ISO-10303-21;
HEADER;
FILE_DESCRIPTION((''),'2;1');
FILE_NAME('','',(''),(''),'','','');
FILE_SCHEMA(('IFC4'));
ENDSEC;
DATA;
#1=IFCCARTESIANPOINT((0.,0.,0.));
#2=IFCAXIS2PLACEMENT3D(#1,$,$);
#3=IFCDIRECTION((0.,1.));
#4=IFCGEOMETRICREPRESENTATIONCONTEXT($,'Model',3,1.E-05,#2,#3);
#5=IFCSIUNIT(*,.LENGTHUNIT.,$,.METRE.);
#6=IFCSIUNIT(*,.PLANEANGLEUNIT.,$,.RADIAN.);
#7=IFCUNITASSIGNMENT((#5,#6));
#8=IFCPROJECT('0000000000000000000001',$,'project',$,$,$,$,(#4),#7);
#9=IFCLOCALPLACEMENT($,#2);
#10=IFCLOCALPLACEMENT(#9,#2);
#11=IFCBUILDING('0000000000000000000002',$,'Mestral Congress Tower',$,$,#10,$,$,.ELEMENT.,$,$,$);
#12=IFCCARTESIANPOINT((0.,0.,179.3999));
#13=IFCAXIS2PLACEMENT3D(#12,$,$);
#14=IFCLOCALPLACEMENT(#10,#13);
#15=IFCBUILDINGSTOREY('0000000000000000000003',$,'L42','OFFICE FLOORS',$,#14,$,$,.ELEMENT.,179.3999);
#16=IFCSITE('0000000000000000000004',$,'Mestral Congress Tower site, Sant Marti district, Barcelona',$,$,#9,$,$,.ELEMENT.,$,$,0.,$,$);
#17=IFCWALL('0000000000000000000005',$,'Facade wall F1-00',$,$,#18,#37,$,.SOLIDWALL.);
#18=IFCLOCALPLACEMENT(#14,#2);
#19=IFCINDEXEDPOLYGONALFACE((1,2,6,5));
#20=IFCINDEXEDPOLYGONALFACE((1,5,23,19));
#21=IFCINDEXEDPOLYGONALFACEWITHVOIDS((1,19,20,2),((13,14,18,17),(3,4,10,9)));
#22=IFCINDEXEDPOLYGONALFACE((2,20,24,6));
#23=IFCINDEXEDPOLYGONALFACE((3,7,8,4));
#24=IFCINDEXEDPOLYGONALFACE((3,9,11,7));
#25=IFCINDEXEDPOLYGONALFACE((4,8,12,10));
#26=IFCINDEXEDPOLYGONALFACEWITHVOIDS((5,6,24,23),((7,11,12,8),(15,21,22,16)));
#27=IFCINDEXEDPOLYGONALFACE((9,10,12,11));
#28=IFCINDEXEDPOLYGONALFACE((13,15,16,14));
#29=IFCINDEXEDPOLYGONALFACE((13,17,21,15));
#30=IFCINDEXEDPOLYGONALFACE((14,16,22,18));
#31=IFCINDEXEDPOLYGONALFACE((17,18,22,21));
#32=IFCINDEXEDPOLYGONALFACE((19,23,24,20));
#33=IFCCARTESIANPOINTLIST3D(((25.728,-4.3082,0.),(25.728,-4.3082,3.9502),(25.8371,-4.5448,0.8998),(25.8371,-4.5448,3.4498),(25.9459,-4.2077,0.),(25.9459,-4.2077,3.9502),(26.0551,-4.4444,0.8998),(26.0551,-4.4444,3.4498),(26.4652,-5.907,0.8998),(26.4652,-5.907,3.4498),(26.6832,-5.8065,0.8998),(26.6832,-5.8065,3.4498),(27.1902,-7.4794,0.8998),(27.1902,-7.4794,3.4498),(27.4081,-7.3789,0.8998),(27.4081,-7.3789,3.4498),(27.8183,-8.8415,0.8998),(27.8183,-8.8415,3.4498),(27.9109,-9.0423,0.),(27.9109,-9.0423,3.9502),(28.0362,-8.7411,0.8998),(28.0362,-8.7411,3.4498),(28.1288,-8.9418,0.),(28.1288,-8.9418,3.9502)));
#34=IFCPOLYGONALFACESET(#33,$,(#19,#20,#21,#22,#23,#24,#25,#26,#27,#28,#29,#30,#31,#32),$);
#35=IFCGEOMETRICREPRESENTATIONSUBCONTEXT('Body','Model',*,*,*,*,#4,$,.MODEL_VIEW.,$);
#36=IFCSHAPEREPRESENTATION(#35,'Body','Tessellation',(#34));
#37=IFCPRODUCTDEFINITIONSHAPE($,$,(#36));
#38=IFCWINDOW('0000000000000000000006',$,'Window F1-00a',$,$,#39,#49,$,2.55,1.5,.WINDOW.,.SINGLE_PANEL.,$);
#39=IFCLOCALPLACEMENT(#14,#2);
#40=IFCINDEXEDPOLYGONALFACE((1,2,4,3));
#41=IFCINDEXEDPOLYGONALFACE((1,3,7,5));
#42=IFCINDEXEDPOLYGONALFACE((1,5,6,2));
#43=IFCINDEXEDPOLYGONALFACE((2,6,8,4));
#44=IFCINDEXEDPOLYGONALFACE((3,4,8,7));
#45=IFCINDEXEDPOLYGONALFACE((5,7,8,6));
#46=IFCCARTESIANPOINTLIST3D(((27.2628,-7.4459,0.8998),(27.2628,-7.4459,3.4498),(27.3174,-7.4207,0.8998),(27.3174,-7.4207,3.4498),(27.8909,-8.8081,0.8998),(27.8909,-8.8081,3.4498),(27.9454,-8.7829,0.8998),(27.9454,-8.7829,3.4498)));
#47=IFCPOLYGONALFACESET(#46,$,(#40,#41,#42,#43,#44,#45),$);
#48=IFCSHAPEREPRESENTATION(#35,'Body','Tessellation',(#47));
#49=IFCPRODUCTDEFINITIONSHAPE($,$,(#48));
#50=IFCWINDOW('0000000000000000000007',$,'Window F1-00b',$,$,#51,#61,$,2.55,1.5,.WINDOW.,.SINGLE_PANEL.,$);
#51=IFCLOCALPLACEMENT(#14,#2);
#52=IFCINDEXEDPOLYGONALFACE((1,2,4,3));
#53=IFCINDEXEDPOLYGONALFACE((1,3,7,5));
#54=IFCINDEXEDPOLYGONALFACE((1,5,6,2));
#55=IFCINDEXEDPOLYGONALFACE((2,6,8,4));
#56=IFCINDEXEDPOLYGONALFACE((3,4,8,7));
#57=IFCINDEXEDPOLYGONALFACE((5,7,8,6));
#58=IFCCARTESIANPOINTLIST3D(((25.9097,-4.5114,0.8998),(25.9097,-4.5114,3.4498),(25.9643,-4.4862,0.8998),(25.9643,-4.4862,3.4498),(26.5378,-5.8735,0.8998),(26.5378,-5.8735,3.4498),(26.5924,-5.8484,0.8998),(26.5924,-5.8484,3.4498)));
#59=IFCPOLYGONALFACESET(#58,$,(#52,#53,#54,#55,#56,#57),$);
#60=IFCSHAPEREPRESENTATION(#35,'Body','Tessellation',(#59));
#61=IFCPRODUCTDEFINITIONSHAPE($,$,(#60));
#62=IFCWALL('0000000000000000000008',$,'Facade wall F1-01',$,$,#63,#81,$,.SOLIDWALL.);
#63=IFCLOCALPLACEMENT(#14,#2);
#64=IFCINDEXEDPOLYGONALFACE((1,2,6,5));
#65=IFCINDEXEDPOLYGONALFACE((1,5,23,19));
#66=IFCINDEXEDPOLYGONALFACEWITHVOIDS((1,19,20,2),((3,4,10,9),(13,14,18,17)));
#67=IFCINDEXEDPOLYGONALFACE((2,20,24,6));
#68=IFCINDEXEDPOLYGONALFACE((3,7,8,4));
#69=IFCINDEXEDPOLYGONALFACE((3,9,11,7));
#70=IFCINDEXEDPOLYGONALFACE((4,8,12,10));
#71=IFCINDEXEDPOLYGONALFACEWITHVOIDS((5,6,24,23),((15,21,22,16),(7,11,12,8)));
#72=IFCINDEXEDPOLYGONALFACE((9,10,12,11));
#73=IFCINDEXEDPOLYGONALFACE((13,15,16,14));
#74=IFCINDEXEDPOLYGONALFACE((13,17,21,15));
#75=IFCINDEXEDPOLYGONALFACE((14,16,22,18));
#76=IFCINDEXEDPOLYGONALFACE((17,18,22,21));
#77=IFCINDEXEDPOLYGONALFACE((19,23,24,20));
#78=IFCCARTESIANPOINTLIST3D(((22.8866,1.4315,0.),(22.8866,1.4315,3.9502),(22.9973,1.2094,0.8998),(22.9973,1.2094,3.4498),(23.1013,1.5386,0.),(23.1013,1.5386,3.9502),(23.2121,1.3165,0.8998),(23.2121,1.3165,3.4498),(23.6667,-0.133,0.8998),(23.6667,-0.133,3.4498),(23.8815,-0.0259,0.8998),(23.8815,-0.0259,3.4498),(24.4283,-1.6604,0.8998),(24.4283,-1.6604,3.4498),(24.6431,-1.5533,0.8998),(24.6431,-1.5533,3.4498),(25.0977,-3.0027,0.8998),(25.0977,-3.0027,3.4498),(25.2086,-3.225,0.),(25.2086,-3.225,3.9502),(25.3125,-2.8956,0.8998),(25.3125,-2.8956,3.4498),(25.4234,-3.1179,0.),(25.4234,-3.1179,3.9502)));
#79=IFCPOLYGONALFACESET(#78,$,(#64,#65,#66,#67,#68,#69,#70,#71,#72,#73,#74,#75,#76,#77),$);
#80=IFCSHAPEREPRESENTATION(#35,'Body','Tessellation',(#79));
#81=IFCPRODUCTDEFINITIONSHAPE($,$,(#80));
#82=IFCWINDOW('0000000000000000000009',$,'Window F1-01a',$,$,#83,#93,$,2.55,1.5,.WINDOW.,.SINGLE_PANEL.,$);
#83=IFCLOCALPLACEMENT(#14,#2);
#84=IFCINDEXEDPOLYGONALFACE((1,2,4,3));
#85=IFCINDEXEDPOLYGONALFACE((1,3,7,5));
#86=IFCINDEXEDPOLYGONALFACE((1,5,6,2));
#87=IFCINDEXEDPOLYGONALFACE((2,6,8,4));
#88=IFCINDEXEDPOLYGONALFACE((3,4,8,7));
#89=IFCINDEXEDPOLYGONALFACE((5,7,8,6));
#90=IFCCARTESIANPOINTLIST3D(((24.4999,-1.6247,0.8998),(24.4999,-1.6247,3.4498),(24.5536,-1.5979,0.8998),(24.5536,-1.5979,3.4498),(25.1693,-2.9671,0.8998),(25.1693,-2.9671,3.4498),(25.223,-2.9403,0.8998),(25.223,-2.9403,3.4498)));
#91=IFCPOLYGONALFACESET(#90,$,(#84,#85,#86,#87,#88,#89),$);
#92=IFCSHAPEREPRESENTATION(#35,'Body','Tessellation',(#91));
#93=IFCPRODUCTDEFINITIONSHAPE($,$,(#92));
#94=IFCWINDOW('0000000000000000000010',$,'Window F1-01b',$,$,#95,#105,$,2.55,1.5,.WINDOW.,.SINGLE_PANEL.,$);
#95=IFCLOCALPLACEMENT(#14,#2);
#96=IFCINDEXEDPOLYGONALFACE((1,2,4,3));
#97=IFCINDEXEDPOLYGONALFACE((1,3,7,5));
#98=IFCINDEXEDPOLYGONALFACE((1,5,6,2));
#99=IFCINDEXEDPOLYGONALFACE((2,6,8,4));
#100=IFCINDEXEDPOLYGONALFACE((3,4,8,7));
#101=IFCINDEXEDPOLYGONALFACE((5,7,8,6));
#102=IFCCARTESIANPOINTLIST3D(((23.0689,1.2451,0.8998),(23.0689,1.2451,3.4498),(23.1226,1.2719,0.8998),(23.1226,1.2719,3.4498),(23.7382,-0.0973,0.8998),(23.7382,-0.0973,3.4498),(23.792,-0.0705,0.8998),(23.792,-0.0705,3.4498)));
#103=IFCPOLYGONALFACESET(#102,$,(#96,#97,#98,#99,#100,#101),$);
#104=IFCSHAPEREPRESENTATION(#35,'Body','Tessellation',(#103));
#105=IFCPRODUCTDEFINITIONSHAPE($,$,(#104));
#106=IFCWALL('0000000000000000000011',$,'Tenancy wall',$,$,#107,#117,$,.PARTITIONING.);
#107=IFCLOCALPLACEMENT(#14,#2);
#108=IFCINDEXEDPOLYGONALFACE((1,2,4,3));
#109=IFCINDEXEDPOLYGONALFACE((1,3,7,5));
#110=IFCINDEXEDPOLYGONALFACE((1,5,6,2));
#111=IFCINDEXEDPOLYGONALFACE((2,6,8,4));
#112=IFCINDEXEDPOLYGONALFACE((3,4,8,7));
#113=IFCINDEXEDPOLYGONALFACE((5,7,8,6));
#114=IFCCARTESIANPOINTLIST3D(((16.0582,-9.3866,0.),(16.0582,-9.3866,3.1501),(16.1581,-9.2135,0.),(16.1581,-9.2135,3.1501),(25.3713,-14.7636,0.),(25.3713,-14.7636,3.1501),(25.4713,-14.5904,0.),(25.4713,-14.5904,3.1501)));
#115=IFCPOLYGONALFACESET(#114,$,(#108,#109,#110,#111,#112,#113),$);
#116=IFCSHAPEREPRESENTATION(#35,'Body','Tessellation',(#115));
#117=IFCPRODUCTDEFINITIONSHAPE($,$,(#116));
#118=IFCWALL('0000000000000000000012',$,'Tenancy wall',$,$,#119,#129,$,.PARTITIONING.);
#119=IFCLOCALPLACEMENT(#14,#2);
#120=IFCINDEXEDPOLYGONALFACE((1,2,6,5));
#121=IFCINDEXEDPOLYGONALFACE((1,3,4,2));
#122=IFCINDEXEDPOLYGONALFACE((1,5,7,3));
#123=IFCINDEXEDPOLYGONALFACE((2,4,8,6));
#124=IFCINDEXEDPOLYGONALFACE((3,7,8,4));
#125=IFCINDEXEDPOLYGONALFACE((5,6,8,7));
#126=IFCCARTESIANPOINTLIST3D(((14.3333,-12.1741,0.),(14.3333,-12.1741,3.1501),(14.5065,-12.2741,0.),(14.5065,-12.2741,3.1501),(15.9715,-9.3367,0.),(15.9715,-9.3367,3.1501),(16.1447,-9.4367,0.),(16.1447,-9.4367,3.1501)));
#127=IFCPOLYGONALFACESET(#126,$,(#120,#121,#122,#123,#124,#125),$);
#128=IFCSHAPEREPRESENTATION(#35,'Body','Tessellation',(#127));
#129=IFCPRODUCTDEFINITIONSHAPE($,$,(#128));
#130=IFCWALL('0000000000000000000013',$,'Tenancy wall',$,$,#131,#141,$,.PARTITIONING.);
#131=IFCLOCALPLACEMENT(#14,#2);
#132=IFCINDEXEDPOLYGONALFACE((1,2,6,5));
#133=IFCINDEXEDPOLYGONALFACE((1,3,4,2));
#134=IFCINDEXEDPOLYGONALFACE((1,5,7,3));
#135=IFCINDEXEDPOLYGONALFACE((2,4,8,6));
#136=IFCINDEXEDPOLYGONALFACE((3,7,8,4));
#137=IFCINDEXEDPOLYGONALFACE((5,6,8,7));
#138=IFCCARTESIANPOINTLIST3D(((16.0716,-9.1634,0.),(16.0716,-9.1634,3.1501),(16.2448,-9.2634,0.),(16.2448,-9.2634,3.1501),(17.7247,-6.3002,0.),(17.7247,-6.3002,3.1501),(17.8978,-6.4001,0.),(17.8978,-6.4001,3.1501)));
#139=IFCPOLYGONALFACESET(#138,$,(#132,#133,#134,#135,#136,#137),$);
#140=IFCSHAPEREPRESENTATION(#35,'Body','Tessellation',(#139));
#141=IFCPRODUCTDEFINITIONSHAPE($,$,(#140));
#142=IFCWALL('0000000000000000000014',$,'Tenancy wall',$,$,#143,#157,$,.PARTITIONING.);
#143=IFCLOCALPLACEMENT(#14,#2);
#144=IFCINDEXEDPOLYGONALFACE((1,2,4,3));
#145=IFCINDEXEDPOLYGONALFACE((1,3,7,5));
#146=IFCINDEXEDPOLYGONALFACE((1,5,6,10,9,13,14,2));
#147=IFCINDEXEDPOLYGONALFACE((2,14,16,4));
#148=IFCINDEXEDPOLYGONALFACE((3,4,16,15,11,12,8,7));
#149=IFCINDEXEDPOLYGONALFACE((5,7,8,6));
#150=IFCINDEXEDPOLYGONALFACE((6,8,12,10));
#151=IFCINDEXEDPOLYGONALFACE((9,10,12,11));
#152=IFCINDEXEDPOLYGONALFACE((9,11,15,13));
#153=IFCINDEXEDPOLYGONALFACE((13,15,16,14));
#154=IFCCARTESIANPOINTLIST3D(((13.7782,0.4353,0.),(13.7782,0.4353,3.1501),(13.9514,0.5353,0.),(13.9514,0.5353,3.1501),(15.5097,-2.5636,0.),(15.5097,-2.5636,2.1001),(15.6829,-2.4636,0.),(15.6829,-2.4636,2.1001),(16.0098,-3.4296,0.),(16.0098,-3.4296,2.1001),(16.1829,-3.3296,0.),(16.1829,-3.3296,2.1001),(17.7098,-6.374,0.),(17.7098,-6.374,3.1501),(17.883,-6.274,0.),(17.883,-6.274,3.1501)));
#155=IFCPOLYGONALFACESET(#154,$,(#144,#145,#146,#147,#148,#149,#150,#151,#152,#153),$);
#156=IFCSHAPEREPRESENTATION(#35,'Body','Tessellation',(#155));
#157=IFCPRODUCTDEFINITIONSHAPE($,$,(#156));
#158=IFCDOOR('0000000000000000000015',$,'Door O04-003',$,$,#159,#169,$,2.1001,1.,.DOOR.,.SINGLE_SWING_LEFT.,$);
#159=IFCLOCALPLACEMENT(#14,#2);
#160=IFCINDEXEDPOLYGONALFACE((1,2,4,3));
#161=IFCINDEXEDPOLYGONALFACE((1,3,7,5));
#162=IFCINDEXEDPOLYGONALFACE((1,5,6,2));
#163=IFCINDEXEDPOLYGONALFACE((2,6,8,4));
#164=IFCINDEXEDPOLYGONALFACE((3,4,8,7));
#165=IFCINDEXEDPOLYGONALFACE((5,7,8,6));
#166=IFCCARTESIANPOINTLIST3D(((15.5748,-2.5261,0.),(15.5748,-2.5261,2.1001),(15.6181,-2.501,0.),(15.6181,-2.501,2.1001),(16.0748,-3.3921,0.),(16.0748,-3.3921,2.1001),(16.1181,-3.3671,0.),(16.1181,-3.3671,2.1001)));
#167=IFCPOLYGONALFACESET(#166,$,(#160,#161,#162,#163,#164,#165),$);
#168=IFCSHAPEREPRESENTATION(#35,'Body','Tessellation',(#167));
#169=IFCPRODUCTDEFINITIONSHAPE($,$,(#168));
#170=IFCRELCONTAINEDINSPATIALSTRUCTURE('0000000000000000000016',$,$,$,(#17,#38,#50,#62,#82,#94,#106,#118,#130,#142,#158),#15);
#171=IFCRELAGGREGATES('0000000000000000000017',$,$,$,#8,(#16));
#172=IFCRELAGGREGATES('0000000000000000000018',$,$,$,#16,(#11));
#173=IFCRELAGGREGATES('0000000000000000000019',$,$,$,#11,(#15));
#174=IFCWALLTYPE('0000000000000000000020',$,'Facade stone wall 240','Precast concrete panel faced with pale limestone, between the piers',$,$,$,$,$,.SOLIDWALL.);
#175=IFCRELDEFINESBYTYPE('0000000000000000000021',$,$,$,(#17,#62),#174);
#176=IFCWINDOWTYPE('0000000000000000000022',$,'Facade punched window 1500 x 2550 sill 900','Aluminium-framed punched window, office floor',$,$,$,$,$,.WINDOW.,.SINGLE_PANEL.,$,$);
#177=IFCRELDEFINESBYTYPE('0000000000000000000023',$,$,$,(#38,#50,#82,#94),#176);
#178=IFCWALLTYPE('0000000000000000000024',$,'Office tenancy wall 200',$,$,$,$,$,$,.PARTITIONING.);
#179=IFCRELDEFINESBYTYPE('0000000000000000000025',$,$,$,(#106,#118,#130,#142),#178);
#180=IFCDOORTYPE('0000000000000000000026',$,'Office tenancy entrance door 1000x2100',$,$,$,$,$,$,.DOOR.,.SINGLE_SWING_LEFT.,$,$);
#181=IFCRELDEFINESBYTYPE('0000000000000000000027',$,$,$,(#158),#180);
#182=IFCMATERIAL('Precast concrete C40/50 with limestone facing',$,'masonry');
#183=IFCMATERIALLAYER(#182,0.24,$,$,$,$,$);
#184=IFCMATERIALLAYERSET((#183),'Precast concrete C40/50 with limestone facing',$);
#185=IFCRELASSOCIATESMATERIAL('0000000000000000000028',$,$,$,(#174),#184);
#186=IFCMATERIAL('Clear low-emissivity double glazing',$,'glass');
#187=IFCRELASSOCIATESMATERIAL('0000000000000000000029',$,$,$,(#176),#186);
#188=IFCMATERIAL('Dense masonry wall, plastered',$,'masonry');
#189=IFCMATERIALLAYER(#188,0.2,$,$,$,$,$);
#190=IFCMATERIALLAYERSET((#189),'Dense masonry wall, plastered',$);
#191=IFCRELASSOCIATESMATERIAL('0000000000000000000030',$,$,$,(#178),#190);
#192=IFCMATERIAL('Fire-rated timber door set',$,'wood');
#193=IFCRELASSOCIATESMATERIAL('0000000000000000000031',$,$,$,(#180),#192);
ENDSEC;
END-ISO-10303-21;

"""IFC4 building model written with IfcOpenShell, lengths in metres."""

from ifc_helpers import new_model, si_unit, direction, frame, frame_2d, origin, place, context, subcontext, project, spatial, rectangle, extrude, material, layer, layer_set, type_object, element, fill, save


model = new_model("IFC4")

# Units and contexts
model_context = context("Model", 3, precision=1e-05, world=origin(), true_north=direction((0.0, 1.0)))
body_context = subcontext(model_context, "Body", "Model", "MODEL_VIEW")
ifc_project = project(units=[si_unit("LENGTHUNIT", "METRE"), si_unit("PLANEANGLEUNIT", "RADIAN")], contexts=[model_context])

# Site, building, storey
site_placement = place(None, origin())
site = spatial("IfcSite", under=ifc_project, at=site_placement, Name="Mestral Congress Tower site, Sant Marti district, Barcelona", CompositionType="ELEMENT", RefElevation=0.0)
building_placement = place(site_placement, origin())
building = spatial("IfcBuilding", under=site, at=building_placement, Name="Mestral Congress Tower", CompositionType="ELEMENT")
storey_placement = place(building_placement, frame((0.0, 0.0, 179.3999)))
storey = spatial("IfcBuildingStorey", under=building, at=storey_placement, Name="L42", Description="OFFICE FLOORS", CompositionType="ELEMENT", Elevation=179.3999)

# Shared definitions
ifc_material_1 = material(Name="Precast concrete C40/50 with limestone facing", Category="masonry")
ifc_layer_1 = layer(ifc_material_1, 0.24)
ifc_layer_set_1 = layer_set([ifc_layer_1], Name="Precast concrete C40/50 with limestone facing")
wall_type_1 = type_object("IfcWallType", Name="Facade stone wall 240", Description="Precast concrete panel faced with pale limestone, between the piers", PredefinedType="SOLIDWALL", material=ifc_layer_set_1)
ifc_material_2 = material(Name="Clear low-emissivity double glazing", Category="glass")

# Walls, openings, windows
wall_1_placement = place(storey_placement, frame((28.0198, -8.9919, 0.0), z_axis=(0.0, 0.0, 1.0), x_axis=(-0.418723, 0.908114, 0.0)))
wall_1 = element("IfcWall", 1, at=wall_1_placement, inside=storey, type_object=wall_type_1, Name="Facade wall F1-00", PredefinedType="SOLIDWALL", context=body_context, shape_type="SweptSolid", body=[
    extrude(rectangle(XDim=5.2131, YDim=0.24, at=frame_2d((2.6064, 0.0))), origin(), (0.0, 0.0, 1.0), 3.9502),
])
opening_1_placement = place(wall_1_placement, frame((0.2209, 0.0, 0.8999)))
opening_1 = element("IfcOpeningElement", 2, at=opening_1_placement, cuts=wall_1, PredefinedType="OPENING", context=body_context, shape_type="SweptSolid", body=[
    extrude(rectangle(XDim=1.5, YDim=2.55, at=frame_2d((0.75, 1.2749))), frame((0.0, 0.1299, 0.0), z_axis=(0.0, -1.0, 0.0), x_axis=(1.0, 0.0, 0.0)), (0.0, 0.0, 1.0), 0.26),
])
opening_2_placement = place(wall_1_placement, frame((3.4524, 0.0, 0.8999)))
opening_2 = element("IfcOpeningElement", 3, at=opening_2_placement, cuts=wall_1, PredefinedType="OPENING", context=body_context, shape_type="SweptSolid", body=[
    extrude(rectangle(XDim=1.5, YDim=2.55, at=frame_2d((0.75, 1.2749))), frame((0.0, 0.1299, 0.0), z_axis=(0.0, -1.0, 0.0), x_axis=(1.0, 0.0, 0.0)), (0.0, 0.0, 1.0), 0.26),
])
window_type_1 = type_object("IfcWindowType", Name="Facade punched window 1500 x 2550 sill 900", Description="Aluminium-framed punched window, office floor", PartitioningType="SINGLE_PANEL", PredefinedType="WINDOW", material=ifc_material_2)
window_1_placement = place(opening_1_placement, origin())
window_1 = element("IfcWindow", 4, at=window_1_placement, inside=storey, type_object=window_type_1, Name="Window F1-00a", OverallHeight=2.55, OverallWidth=1.5, PartitioningType="SINGLE_PANEL", PredefinedType="WINDOW", context=body_context, shape_type="SweptSolid", body=[
    extrude(rectangle(XDim=1.5, YDim=2.55, at=frame_2d((0.75, 1.2749))), frame((0.0, 0.04, 0.0), z_axis=(0.0, -1.0, 0.0), x_axis=(1.0, 0.0, 0.0)), (0.0, 0.0, 1.0), 0.0601),
])
fill(opening_1, window_1)
window_2_placement = place(opening_2_placement, origin())
window_2 = element("IfcWindow", 5, at=window_2_placement, inside=storey, type_object=window_type_1, Name="Window F1-00b", OverallHeight=2.55, OverallWidth=1.5, PartitioningType="SINGLE_PANEL", PredefinedType="WINDOW", context=body_context, shape_type="SweptSolid", body=[
    extrude(rectangle(XDim=1.5, YDim=2.55, at=frame_2d((0.75, 1.2749))), frame((0.0, 0.04, 0.0), z_axis=(0.0, -1.0, 0.0), x_axis=(1.0, 0.0, 0.0)), (0.0, 0.0, 1.0), 0.0601),
])
fill(opening_2, window_2)
wall_2_placement = place(storey_placement, frame((25.3159, -3.1714, 0.0), z_axis=(0.0, 0.0, 1.0), x_axis=(-0.446256, 0.894905, 0.0)))
wall_2 = element("IfcWall", 6, at=wall_2_placement, inside=storey, type_object=wall_type_1, Name="Facade wall F1-01", PredefinedType="SOLIDWALL", context=body_context, shape_type="SweptSolid", body=[
    extrude(rectangle(XDim=5.2034, YDim=0.24, at=frame_2d((2.6016, 0.0))), origin(), (0.0, 0.0, 1.0), 3.9502),
])
opening_3_placement = place(wall_2_placement, frame((0.2483, 0.0, 0.8999)))
opening_3 = element("IfcOpeningElement", 7, at=opening_3_placement, cuts=wall_2, PredefinedType="OPENING", context=body_context, shape_type="SweptSolid", body=[
    extrude(rectangle(XDim=1.5, YDim=2.55, at=frame_2d((0.75, 1.2749))), frame((0.0, 0.1299, 0.0), z_axis=(0.0, -1.0, 0.0), x_axis=(1.0, 0.0, 0.0)), (0.0, 0.0, 1.0), 0.26),
])
opening_4_placement = place(wall_2_placement, frame((3.4551, 0.0, 0.8999)))
opening_4 = element("IfcOpeningElement", 8, at=opening_4_placement, cuts=wall_2, PredefinedType="OPENING", context=body_context, shape_type="SweptSolid", body=[
    extrude(rectangle(XDim=1.5, YDim=2.55, at=frame_2d((0.75, 1.2749))), frame((0.0, 0.1299, 0.0), z_axis=(0.0, -1.0, 0.0), x_axis=(1.0, 0.0, 0.0)), (0.0, 0.0, 1.0), 0.26),
])
window_3_placement = place(opening_3_placement, origin())
window_3 = element("IfcWindow", 9, at=window_3_placement, inside=storey, type_object=window_type_1, Name="Window F1-01a", OverallHeight=2.55, OverallWidth=1.5, PartitioningType="SINGLE_PANEL", PredefinedType="WINDOW", context=body_context, shape_type="SweptSolid", body=[
    extrude(rectangle(XDim=1.5, YDim=2.55, at=frame_2d((0.75, 1.2749))), frame((0.0, 0.04, 0.0), z_axis=(0.0, -1.0, 0.0), x_axis=(1.0, 0.0, 0.0)), (0.0, 0.0, 1.0), 0.0601),
])
fill(opening_3, window_3)
window_4_placement = place(opening_4_placement, origin())
window_4 = element("IfcWindow", 10, at=window_4_placement, inside=storey, type_object=window_type_1, Name="Window F1-01b", OverallHeight=2.55, OverallWidth=1.5, PartitioningType="SINGLE_PANEL", PredefinedType="WINDOW", context=body_context, shape_type="SweptSolid", body=[
    extrude(rectangle(XDim=1.5, YDim=2.55, at=frame_2d((0.75, 1.2749))), frame((0.0, 0.04, 0.0), z_axis=(0.0, -1.0, 0.0), x_axis=(1.0, 0.0, 0.0)), (0.0, 0.0, 1.0), 0.0601),
])
fill(opening_4, window_4)

# Walls
ifc_material_3 = material(Name="Dense masonry wall, plastered", Category="masonry")
ifc_layer_2 = layer(ifc_material_3, 0.2)
ifc_layer_set_2 = layer_set([ifc_layer_2], Name="Dense masonry wall, plastered")
wall_type_2 = type_object("IfcWallType", Name="Office tenancy wall 200", PredefinedType="PARTITIONING", material=ifc_layer_set_2)
wall_3_placement = place(storey_placement, frame((16.1082, -9.3, 0.0), z_axis=(0.0, 0.0, 1.0), x_axis=(0.866027, -0.499997, 0.0)))
element("IfcWall", 11, at=wall_3_placement, inside=storey, type_object=wall_type_2, Name="Tenancy wall", PredefinedType="PARTITIONING", context=body_context, shape_type="SweptSolid", body=[
    extrude(rectangle(XDim=10.7539, YDim=0.2, at=frame_2d((5.377, 0.0))), origin(), (0.0, 0.0, 1.0), 3.1501),
])
wall_4_placement = place(storey_placement, frame((14.4199, -12.2241, 0.0), z_axis=(0.0, 0.0, 1.0), x_axis=(0.500002, 0.866024, 0.0)))
element("IfcWall", 12, at=wall_4_placement, inside=storey, type_object=wall_type_2, Name="Tenancy wall", PredefinedType="PARTITIONING", context=body_context, shape_type="SweptSolid", body=[
    extrude(rectangle(XDim=3.2764, YDim=0.2, at=frame_2d((1.6382, 0.0))), origin(), (0.0, 0.0, 1.0), 3.1501),
])
wall_5_placement = place(storey_placement, frame((16.1582, -9.2134, 0.0), z_axis=(0.0, 0.0, 1.0), x_axis=(0.499991, 0.866031, 0.0)))
element("IfcWall", 13, at=wall_5_placement, inside=storey, type_object=wall_type_2, Name="Tenancy wall", PredefinedType="PARTITIONING", context=body_context, shape_type="SweptSolid", body=[
    extrude(rectangle(XDim=3.3062, YDim=0.2, at=frame_2d((1.6531, 0.0))), origin(), (0.0, 0.0, 1.0), 3.1501),
])

# Wall, opening, door
wall_6_placement = place(storey_placement, frame((17.7964, -6.324, 0.0), z_axis=(0.0, 0.0, 1.0), x_axis=(-0.500026, 0.86601, 0.0)))
wall_6 = element("IfcWall", 14, at=wall_6_placement, inside=storey, type_object=wall_type_2, Name="Tenancy wall", PredefinedType="PARTITIONING", context=body_context, shape_type="SweptSolid", body=[
    extrude(rectangle(XDim=7.8628, YDim=0.2, at=frame_2d((3.9314, 0.0))), origin(), (0.0, 0.0, 1.0), 3.1501),
])
opening_5_placement = place(wall_6_placement, frame((3.3999, 0.0, 0.0)))
opening_5 = element("IfcOpeningElement", 15, at=opening_5_placement, cuts=wall_6, PredefinedType="OPENING", context=body_context, shape_type="SweptSolid", body=[
    extrude(rectangle(XDim=1.0, YDim=2.1001, at=frame_2d((0.5, 1.05))), frame((0.0, 0.1099, 0.0), z_axis=(0.0, -1.0, 0.0), x_axis=(1.0, 0.0, 0.0)), (0.0, 0.0, 1.0), 0.22),
])
ifc_material_4 = material(Name="Fire-rated timber door set", Category="wood")
door_type = type_object("IfcDoorType", Name="Office tenancy entrance door 1000x2100", OperationType="SINGLE_SWING_LEFT", PredefinedType="DOOR", material=ifc_material_4)
door_placement = place(opening_5_placement, origin())
door = element("IfcDoor", 16, at=door_placement, inside=storey, type_object=door_type, Name="Door O04-003", OperationType="SINGLE_SWING_LEFT", OverallHeight=2.1001, OverallWidth=1.0, PredefinedType="DOOR", context=body_context, shape_type="SweptSolid", body=[
    extrude(rectangle(XDim=1.0, YDim=2.1001, at=frame_2d((0.5, 1.05))), frame((0.0, 0.0249, 0.0), z_axis=(0.0, -1.0, 0.0), x_axis=(1.0, 0.0, 0.0)), (0.0, 0.0, 1.0), 0.05),
])
fill(opening_5, door)

save(model, "model.ifc")
